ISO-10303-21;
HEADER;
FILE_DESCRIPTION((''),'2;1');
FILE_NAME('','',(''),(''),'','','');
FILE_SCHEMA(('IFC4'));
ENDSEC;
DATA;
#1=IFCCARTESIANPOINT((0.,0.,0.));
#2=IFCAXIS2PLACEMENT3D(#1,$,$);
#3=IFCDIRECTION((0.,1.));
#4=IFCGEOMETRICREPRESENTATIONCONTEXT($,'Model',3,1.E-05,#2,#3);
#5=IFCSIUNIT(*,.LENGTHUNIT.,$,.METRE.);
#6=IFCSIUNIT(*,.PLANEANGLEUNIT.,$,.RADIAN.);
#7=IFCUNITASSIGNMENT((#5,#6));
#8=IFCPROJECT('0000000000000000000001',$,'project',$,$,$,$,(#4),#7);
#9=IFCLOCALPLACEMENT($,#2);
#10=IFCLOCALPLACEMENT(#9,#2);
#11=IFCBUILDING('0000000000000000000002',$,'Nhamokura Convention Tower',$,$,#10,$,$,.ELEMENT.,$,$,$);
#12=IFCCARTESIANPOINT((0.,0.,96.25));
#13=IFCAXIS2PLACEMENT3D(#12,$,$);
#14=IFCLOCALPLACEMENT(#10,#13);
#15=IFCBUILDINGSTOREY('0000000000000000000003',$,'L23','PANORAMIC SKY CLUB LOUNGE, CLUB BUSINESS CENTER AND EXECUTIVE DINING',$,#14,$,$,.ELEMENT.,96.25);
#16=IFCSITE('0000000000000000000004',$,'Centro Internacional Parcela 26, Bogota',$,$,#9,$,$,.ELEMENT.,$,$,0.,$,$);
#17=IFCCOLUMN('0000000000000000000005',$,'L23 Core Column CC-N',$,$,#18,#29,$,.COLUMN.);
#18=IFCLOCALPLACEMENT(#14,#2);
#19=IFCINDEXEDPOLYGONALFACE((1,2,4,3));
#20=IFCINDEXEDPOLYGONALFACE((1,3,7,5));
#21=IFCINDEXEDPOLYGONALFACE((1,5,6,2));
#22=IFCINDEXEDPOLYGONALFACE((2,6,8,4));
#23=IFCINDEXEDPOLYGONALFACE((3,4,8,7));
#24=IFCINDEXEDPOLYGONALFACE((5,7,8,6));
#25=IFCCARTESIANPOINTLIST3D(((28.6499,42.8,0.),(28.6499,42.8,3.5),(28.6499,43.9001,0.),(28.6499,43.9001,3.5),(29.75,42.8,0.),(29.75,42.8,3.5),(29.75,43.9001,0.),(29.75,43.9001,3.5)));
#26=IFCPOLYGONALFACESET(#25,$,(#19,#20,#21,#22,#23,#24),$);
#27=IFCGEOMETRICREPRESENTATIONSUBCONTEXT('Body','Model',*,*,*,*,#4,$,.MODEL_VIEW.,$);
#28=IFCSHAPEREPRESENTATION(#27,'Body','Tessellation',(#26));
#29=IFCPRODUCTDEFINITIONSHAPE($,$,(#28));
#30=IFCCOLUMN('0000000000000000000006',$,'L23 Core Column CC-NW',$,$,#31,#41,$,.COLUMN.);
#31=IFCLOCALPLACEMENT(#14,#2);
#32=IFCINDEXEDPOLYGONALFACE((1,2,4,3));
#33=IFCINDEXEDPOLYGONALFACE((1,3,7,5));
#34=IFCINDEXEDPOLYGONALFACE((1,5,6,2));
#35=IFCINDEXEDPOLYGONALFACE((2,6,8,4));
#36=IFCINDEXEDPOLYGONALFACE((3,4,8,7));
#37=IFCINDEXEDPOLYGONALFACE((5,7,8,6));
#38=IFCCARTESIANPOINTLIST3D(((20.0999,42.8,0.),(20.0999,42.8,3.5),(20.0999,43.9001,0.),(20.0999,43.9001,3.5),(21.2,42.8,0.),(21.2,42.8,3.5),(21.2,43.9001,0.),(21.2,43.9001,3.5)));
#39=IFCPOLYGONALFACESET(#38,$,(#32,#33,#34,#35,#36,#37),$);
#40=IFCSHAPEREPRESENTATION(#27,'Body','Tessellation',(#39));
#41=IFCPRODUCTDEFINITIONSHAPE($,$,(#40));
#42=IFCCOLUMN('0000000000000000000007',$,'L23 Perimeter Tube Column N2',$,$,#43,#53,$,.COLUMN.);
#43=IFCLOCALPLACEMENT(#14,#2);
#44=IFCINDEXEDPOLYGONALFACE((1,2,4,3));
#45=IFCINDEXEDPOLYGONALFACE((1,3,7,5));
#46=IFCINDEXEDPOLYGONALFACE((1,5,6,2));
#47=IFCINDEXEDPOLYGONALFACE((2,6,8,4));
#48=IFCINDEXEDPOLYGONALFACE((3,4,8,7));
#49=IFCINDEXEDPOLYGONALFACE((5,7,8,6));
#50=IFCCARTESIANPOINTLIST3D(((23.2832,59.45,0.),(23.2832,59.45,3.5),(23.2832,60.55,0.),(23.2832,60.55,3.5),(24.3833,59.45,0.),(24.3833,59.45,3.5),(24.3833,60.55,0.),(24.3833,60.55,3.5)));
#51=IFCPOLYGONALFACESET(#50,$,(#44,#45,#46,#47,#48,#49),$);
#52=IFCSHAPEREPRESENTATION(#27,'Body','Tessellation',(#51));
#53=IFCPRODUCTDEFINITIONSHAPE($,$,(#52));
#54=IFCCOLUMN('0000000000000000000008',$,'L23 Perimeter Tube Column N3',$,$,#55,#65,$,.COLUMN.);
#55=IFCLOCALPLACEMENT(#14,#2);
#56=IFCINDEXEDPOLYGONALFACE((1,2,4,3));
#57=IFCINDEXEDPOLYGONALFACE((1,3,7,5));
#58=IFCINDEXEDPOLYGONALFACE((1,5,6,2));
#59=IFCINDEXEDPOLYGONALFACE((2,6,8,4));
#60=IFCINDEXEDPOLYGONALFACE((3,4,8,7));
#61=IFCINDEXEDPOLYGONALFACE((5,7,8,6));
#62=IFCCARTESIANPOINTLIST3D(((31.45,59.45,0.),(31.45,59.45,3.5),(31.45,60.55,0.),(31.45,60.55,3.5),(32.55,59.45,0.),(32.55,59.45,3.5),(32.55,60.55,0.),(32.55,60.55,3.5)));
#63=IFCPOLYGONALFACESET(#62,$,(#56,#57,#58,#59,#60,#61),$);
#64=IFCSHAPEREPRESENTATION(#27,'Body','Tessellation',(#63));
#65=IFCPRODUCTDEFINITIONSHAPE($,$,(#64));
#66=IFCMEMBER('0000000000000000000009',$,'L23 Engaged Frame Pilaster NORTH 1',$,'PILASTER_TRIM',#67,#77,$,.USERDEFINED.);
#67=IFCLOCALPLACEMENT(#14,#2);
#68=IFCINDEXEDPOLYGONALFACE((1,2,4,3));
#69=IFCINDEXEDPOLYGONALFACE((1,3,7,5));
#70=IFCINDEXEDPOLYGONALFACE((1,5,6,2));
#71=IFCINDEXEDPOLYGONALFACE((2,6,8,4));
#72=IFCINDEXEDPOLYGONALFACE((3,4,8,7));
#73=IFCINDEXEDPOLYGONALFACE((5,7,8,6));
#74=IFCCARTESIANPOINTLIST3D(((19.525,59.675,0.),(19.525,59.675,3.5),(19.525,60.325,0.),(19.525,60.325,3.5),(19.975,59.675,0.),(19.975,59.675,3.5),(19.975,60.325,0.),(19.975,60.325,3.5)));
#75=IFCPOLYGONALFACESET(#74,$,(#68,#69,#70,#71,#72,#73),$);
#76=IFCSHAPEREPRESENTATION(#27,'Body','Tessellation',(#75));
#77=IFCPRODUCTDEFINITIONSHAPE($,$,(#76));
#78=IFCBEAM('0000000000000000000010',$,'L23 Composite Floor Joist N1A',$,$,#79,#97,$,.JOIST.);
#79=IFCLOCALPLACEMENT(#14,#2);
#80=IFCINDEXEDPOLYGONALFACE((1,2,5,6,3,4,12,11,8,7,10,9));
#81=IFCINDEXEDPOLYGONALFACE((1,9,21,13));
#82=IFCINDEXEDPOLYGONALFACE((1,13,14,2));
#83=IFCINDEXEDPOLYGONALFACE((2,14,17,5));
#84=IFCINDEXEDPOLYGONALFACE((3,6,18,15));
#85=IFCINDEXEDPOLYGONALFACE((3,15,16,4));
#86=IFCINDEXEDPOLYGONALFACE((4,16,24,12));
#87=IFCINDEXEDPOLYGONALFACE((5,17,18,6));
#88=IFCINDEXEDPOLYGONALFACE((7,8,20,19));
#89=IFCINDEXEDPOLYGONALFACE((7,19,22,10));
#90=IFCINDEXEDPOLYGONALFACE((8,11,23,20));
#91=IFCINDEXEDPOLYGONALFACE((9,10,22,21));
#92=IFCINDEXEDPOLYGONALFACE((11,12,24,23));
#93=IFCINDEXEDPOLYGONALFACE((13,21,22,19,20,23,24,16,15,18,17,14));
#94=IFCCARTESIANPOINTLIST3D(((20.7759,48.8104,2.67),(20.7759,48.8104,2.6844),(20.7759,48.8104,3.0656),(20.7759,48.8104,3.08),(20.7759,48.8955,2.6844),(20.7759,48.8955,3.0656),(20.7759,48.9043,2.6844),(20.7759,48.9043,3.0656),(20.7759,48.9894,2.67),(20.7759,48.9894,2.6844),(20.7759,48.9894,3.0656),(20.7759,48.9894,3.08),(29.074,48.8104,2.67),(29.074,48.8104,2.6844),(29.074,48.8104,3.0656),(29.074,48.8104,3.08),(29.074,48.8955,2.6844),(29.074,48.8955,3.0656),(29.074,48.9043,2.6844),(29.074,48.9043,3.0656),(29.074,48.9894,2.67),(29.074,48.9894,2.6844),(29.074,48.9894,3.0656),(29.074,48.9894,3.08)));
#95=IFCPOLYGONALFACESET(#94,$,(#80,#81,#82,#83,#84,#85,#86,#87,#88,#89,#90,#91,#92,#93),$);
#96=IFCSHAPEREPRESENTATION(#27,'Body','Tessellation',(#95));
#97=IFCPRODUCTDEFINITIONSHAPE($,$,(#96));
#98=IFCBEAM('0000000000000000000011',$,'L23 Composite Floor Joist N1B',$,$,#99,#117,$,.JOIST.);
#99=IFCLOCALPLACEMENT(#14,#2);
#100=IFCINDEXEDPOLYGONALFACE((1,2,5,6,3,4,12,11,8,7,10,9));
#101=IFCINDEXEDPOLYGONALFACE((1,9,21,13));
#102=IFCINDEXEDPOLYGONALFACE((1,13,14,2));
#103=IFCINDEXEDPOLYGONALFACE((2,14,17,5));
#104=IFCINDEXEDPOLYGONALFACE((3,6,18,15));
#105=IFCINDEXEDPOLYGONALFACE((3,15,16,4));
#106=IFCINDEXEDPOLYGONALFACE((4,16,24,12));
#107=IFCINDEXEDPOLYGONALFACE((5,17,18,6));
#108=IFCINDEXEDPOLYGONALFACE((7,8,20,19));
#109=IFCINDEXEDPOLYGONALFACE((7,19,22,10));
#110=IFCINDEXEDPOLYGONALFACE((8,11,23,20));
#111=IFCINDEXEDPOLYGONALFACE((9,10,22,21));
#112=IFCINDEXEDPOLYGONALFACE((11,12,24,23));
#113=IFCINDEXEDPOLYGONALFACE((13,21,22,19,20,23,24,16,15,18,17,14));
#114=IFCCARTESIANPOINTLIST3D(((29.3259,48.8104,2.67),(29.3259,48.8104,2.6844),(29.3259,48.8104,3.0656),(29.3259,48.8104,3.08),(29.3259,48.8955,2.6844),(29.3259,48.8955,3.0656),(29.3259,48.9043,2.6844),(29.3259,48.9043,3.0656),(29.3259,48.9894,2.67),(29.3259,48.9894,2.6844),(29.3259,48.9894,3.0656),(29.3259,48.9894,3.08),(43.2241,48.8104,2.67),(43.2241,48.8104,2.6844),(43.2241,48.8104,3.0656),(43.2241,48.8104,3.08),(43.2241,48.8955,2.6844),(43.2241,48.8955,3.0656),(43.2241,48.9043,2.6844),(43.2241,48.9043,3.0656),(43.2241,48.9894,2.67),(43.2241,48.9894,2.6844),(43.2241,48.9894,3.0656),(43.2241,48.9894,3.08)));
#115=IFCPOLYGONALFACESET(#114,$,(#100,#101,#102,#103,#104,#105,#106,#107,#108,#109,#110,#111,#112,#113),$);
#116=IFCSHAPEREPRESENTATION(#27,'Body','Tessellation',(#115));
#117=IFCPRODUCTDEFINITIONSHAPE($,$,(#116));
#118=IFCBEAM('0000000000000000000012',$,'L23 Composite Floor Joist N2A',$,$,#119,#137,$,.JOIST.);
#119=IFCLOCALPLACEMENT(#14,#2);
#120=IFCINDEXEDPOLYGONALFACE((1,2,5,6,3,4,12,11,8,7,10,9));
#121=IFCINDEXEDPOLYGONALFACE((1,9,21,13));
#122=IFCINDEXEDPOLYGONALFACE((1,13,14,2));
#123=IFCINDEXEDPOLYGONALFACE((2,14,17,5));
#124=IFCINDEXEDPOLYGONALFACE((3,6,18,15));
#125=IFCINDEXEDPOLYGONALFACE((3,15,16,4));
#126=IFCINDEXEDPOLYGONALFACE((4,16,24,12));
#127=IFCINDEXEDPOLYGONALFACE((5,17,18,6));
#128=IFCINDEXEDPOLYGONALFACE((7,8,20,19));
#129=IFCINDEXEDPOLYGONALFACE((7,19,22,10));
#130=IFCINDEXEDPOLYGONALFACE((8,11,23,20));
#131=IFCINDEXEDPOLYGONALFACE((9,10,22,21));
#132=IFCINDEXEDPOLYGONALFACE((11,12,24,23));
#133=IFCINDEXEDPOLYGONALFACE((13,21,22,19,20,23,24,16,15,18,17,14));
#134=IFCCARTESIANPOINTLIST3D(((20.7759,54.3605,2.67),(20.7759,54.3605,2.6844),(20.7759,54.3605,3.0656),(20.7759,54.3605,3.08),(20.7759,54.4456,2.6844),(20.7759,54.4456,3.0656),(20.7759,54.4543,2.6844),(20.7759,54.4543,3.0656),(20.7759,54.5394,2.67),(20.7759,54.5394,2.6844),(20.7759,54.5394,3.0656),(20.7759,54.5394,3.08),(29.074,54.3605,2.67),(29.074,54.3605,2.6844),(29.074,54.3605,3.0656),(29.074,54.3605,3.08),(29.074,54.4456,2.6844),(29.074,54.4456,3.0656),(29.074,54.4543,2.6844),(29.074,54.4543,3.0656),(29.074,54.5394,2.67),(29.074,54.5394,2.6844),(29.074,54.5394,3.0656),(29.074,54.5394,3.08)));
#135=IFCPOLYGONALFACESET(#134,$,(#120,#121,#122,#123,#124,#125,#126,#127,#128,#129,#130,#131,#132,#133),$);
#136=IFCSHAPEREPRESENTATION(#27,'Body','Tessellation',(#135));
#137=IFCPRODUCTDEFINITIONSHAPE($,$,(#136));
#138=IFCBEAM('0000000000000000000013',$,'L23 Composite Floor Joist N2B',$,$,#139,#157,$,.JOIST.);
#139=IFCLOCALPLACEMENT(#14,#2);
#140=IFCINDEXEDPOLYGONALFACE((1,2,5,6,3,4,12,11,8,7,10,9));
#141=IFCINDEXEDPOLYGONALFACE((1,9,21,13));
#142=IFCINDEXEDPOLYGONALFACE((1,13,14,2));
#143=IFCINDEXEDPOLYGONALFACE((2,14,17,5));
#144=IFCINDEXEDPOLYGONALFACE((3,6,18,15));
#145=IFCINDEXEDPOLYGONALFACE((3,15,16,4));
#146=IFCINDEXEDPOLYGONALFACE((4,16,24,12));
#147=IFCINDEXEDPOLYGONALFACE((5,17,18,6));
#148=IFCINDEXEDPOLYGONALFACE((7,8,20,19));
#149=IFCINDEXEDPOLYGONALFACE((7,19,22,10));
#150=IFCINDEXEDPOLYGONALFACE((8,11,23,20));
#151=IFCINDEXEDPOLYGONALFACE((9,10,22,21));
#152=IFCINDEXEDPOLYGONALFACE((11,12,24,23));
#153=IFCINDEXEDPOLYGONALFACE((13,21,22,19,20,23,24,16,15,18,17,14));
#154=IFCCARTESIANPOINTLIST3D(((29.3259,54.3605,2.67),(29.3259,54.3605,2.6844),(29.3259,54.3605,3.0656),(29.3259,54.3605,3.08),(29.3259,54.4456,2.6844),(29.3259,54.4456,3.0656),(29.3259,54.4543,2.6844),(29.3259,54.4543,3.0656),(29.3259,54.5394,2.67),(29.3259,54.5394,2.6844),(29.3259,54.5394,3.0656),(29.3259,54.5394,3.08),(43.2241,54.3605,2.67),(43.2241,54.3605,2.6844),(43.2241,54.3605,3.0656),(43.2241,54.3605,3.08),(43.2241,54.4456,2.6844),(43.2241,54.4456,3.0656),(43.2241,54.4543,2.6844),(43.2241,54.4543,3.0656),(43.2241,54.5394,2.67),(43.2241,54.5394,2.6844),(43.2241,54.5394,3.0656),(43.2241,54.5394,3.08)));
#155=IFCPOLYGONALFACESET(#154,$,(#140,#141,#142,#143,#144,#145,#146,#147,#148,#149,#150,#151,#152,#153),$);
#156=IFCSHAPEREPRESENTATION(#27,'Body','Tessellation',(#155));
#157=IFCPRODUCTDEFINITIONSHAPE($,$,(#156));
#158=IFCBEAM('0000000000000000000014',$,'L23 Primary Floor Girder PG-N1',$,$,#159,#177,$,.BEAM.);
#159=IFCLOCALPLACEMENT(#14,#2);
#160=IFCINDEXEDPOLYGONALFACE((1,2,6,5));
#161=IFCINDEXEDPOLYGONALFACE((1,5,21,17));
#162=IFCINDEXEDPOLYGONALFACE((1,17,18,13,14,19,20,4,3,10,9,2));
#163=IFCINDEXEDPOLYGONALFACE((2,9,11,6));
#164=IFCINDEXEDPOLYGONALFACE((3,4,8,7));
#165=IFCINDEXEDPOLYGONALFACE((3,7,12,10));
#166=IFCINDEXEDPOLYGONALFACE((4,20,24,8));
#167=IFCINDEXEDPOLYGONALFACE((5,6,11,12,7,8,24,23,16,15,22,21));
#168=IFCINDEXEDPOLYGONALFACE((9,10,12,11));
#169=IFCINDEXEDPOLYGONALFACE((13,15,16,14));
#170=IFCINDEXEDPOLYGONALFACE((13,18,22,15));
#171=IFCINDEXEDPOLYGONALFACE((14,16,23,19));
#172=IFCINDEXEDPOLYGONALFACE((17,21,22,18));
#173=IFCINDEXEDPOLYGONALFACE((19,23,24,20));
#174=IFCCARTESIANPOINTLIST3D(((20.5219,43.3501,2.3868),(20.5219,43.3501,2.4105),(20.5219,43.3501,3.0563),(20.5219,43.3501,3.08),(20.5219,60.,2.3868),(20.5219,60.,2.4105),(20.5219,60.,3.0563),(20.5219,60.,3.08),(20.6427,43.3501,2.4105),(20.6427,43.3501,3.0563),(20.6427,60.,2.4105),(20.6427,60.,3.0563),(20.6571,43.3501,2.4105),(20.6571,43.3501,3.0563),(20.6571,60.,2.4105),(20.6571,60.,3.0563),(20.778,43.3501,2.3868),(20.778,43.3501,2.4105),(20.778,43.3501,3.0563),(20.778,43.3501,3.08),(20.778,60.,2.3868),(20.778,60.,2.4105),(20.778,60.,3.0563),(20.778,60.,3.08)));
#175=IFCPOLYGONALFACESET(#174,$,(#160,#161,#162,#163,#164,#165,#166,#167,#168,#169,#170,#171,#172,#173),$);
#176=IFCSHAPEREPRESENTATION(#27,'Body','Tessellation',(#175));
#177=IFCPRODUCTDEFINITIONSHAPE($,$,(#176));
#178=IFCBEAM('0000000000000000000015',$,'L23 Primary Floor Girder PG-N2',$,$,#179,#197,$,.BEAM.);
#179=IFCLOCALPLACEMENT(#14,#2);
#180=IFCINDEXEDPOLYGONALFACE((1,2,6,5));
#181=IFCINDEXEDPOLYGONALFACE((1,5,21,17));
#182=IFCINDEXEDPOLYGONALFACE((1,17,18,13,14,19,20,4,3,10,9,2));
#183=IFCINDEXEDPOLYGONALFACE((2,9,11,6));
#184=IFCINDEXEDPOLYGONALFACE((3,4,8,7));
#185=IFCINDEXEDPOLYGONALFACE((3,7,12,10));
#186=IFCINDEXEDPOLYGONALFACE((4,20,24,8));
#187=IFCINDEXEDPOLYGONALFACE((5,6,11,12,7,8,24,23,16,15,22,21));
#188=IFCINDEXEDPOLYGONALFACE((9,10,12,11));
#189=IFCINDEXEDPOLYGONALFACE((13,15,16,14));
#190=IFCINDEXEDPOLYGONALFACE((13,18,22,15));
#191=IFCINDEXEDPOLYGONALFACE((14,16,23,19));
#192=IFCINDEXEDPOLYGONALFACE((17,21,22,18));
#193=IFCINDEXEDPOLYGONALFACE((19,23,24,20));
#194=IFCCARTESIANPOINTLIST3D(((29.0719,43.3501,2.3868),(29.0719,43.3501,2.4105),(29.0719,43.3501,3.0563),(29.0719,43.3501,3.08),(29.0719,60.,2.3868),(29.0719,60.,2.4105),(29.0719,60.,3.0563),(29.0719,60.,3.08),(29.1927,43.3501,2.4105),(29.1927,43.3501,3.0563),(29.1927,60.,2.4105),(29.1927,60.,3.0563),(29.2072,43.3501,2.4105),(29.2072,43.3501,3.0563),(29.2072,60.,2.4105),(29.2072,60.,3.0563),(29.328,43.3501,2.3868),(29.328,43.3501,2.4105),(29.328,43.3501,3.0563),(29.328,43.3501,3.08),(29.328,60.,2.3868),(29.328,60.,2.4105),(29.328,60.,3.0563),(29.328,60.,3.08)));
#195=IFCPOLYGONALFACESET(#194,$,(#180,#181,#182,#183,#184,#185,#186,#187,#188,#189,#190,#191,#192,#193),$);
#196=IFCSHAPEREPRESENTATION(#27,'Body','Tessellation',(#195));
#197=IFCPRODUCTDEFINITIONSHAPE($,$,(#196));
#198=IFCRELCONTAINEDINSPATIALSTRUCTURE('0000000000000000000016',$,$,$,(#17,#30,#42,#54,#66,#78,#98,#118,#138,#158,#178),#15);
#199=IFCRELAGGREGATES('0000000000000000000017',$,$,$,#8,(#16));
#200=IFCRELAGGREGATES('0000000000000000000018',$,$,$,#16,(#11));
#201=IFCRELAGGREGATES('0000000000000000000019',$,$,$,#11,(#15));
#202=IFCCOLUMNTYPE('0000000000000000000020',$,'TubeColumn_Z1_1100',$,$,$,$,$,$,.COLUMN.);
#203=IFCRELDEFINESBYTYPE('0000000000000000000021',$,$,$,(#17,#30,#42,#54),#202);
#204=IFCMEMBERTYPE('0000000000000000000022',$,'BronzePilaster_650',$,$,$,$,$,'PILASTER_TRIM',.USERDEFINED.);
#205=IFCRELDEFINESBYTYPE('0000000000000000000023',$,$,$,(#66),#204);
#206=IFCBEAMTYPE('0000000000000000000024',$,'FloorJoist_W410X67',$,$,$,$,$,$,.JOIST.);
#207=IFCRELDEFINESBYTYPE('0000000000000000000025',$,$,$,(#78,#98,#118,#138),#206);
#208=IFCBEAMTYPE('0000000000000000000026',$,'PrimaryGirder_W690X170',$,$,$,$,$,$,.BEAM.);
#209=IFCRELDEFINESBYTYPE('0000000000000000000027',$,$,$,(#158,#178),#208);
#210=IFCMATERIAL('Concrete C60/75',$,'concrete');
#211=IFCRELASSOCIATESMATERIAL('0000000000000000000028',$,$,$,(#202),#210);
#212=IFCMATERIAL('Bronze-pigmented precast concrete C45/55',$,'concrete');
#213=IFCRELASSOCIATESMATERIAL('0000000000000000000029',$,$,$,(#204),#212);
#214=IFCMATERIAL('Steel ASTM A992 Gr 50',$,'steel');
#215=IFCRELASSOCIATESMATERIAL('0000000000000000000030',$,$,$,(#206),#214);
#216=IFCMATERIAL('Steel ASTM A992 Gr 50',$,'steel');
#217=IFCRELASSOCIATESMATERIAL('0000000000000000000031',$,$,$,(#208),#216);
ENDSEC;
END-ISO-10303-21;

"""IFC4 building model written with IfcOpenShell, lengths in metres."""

from ifc_helpers import new_model, si_unit, direction, frame, origin, origin_2d, place, context, subcontext, project, spatial, rectangle, i_section, extrude, material, material_profile, profile_set, type_object, element, save


model = new_model("IFC4")

# Units and contexts
model_context = context("Model", 3, precision=1e-05, world=origin(), true_north=direction((0.0, 1.0)))
body_context = subcontext(model_context, "Body", "Model", "MODEL_VIEW")
ifc_project = project(units=[si_unit("LENGTHUNIT", "METRE"), si_unit("PLANEANGLEUNIT", "RADIAN")], contexts=[model_context])

# Site, building, storey
site_placement = place(None, origin())
site = spatial("IfcSite", under=ifc_project, at=site_placement, Name="Centro Internacional Parcela 26, Bogota", CompositionType="ELEMENT", RefElevation=0.0)
building_placement = place(site_placement, origin())
building = spatial("IfcBuilding", under=site, at=building_placement, Name="Nhamokura Convention Tower", CompositionType="ELEMENT")
storey_placement = place(building_placement, frame((0.0, 0.0, 96.25)))
storey = spatial("IfcBuildingStorey", under=building, at=storey_placement, Name="L23", Description="PANORAMIC SKY CLUB LOUNGE, CLUB BUSINESS CENTER AND EXECUTIVE DINING", CompositionType="ELEMENT", Elevation=96.25)

# Columns
ifc_material_1 = material(Name="Concrete C60/75", Category="concrete")
ifc_material_profile_1 = material_profile(ifc_material_1, rectangle(XDim=1.1001, YDim=1.1001, at=origin_2d()))
ifc_profile_set_1 = profile_set([ifc_material_profile_1], Name="Concrete C60/75")
column_type = type_object("IfcColumnType", Name="TubeColumn_Z1_1100", PredefinedType="COLUMN", material=ifc_profile_set_1)
for number, where, z_axis, x_axis, name in (
    (1, (29.2, 43.3501, 0.0), (0.0, 0.0, 1.0), (1.0, 0.0, 0.0), "L23 Core Column CC-N"),
    (2, (20.6499, 43.3501, 0.0), (0.0, 0.0, 1.0), (1.0, 0.0, 0.0), "L23 Core Column CC-NW"),
    (3, (23.8333, 60.0, 0.0), (0.0, 0.0, 1.0), (1.0, 0.0, 0.0), "L23 Perimeter Tube Column N2"),
    (4, (32.0, 60.0, 0.0), (0.0, 0.0, 1.0), (1.0, 0.0, 0.0), "L23 Perimeter Tube Column N3"),
):
    element("IfcColumn", number, at=place(storey_placement, frame(where, z_axis=z_axis, x_axis=x_axis)), inside=storey, type_object=column_type, Name=name, PredefinedType="COLUMN", context=body_context, shape_type="SweptSolid", body=[
        extrude(rectangle(XDim=1.1001, YDim=1.1001, at=origin_2d()), origin(), (0.0, 0.0, 1.0), 3.5),
    ])

# Member
ifc_material_2 = material(Name="Bronze-pigmented precast concrete C45/55", Category="concrete")
ifc_material_profile_2 = material_profile(ifc_material_2, rectangle(XDim=0.45, YDim=0.6499, at=origin_2d()))
ifc_profile_set_2 = profile_set([ifc_material_profile_2], Name="Bronze-pigmented precast concrete C45/55")
member_type = type_object("IfcMemberType", Name="BronzePilaster_650", ElementType="PILASTER_TRIM", PredefinedType="USERDEFINED", material=ifc_profile_set_2)
member_placement = place(storey_placement, frame((19.75, 60.0, 0.0), z_axis=(0.0, 0.0, 1.0), x_axis=(1.0, 0.0, 0.0)))
element("IfcMember", 5, at=member_placement, inside=storey, type_object=member_type, Name="L23 Engaged Frame Pilaster NORTH 1", ObjectType="PILASTER_TRIM", PredefinedType="USERDEFINED", context=body_context, shape_type="SweptSolid", body=[
    extrude(rectangle(XDim=0.45, YDim=0.6499, at=origin_2d()), origin(), (0.0, 0.0, 1.0), 3.5),
])

# Beams
ifc_material_3 = material(Name="Steel ASTM A992 Gr 50", Category="steel")
ifc_material_profile_3 = material_profile(ifc_material_3, i_section(OverallWidth=0.179, OverallDepth=0.4099, WebThickness=0.0088, FlangeThickness=0.0144, at=origin_2d()))
ifc_profile_set_3 = profile_set([ifc_material_profile_3], Name="Steel ASTM A992 Gr 50")
beam_type_1 = type_object("IfcBeamType", Name="FloorJoist_W410X67", PredefinedType="JOIST", material=ifc_profile_set_3)
beam_1_placement = place(storey_placement, frame((20.7759, 48.8999, 2.875), z_axis=(1.0, 0.0, 0.0), x_axis=(0.0, 1.0, 0.0)))
element("IfcBeam", 6, at=beam_1_placement, inside=storey, type_object=beam_type_1, Name="L23 Composite Floor Joist N1A", PredefinedType="JOIST", context=body_context, shape_type="SweptSolid", body=[
    extrude(i_section(OverallWidth=0.179, OverallDepth=0.4099, WebThickness=0.0088, FlangeThickness=0.0144, at=origin_2d()), origin(), (0.0, 0.0, 1.0), 8.2981),
])
beam_2_placement = place(storey_placement, frame((29.3259, 48.8999, 2.875), z_axis=(1.0, 0.0, 0.0), x_axis=(0.0, 1.0, 0.0)))
element("IfcBeam", 7, at=beam_2_placement, inside=storey, type_object=beam_type_1, Name="L23 Composite Floor Joist N1B", PredefinedType="JOIST", context=body_context, shape_type="SweptSolid", body=[
    extrude(i_section(OverallWidth=0.179, OverallDepth=0.4099, WebThickness=0.0088, FlangeThickness=0.0144, at=origin_2d()), origin(), (0.0, 0.0, 1.0), 13.8982),
])
beam_3_placement = place(storey_placement, frame((20.7759, 54.45, 2.875), z_axis=(1.0, 0.0, 0.0), x_axis=(0.0, 1.0, 0.0)))
element("IfcBeam", 8, at=beam_3_placement, inside=storey, type_object=beam_type_1, Name="L23 Composite Floor Joist N2A", PredefinedType="JOIST", context=body_context, shape_type="SweptSolid", body=[
    extrude(i_section(OverallWidth=0.179, OverallDepth=0.4099, WebThickness=0.0088, FlangeThickness=0.0144, at=origin_2d()), origin(), (0.0, 0.0, 1.0), 8.2981),
])
beam_4_placement = place(storey_placement, frame((29.3259, 54.45, 2.875), z_axis=(1.0, 0.0, 0.0), x_axis=(0.0, 1.0, 0.0)))
element("IfcBeam", 9, at=beam_4_placement, inside=storey, type_object=beam_type_1, Name="L23 Composite Floor Joist N2B", PredefinedType="JOIST", context=body_context, shape_type="SweptSolid", body=[
    extrude(i_section(OverallWidth=0.179, OverallDepth=0.4099, WebThickness=0.0088, FlangeThickness=0.0144, at=origin_2d()), origin(), (0.0, 0.0, 1.0), 13.8982),
])
ifc_material_4 = material(Name="Steel ASTM A992 Gr 50", Category="steel")
ifc_material_profile_4 = material_profile(ifc_material_4, i_section(OverallWidth=0.2561, OverallDepth=0.6931, WebThickness=0.0144, FlangeThickness=0.0237, at=origin_2d()))
ifc_profile_set_4 = profile_set([ifc_material_profile_4], Name="Steel ASTM A992 Gr 50")
beam_type_2 = type_object("IfcBeamType", Name="PrimaryGirder_W690X170", PredefinedType="BEAM", material=ifc_profile_set_4)
for number, where, z_axis, x_axis, name in (
    (10, (20.6499, 43.3501, 2.7334), (0.0, 1.0, 0.0), (-1.0, 0.0, 0.0), "L23 Primary Floor Girder PG-N1"),
    (11, (29.2, 43.3501, 2.7334), (0.0, 1.0, 0.0), (-1.0, 0.0, 0.0), "L23 Primary Floor Girder PG-N2"),
):
    element("IfcBeam", number, at=place(storey_placement, frame(where, z_axis=z_axis, x_axis=x_axis)), inside=storey, type_object=beam_type_2, Name=name, PredefinedType="BEAM", context=body_context, shape_type="SweptSolid", body=[
        extrude(i_section(OverallWidth=0.2561, OverallDepth=0.6931, WebThickness=0.0144, FlangeThickness=0.0237, at=origin_2d()), origin(), (0.0, 0.0, 1.0), 16.6499),
    ])

save(model, "model.ifc")
